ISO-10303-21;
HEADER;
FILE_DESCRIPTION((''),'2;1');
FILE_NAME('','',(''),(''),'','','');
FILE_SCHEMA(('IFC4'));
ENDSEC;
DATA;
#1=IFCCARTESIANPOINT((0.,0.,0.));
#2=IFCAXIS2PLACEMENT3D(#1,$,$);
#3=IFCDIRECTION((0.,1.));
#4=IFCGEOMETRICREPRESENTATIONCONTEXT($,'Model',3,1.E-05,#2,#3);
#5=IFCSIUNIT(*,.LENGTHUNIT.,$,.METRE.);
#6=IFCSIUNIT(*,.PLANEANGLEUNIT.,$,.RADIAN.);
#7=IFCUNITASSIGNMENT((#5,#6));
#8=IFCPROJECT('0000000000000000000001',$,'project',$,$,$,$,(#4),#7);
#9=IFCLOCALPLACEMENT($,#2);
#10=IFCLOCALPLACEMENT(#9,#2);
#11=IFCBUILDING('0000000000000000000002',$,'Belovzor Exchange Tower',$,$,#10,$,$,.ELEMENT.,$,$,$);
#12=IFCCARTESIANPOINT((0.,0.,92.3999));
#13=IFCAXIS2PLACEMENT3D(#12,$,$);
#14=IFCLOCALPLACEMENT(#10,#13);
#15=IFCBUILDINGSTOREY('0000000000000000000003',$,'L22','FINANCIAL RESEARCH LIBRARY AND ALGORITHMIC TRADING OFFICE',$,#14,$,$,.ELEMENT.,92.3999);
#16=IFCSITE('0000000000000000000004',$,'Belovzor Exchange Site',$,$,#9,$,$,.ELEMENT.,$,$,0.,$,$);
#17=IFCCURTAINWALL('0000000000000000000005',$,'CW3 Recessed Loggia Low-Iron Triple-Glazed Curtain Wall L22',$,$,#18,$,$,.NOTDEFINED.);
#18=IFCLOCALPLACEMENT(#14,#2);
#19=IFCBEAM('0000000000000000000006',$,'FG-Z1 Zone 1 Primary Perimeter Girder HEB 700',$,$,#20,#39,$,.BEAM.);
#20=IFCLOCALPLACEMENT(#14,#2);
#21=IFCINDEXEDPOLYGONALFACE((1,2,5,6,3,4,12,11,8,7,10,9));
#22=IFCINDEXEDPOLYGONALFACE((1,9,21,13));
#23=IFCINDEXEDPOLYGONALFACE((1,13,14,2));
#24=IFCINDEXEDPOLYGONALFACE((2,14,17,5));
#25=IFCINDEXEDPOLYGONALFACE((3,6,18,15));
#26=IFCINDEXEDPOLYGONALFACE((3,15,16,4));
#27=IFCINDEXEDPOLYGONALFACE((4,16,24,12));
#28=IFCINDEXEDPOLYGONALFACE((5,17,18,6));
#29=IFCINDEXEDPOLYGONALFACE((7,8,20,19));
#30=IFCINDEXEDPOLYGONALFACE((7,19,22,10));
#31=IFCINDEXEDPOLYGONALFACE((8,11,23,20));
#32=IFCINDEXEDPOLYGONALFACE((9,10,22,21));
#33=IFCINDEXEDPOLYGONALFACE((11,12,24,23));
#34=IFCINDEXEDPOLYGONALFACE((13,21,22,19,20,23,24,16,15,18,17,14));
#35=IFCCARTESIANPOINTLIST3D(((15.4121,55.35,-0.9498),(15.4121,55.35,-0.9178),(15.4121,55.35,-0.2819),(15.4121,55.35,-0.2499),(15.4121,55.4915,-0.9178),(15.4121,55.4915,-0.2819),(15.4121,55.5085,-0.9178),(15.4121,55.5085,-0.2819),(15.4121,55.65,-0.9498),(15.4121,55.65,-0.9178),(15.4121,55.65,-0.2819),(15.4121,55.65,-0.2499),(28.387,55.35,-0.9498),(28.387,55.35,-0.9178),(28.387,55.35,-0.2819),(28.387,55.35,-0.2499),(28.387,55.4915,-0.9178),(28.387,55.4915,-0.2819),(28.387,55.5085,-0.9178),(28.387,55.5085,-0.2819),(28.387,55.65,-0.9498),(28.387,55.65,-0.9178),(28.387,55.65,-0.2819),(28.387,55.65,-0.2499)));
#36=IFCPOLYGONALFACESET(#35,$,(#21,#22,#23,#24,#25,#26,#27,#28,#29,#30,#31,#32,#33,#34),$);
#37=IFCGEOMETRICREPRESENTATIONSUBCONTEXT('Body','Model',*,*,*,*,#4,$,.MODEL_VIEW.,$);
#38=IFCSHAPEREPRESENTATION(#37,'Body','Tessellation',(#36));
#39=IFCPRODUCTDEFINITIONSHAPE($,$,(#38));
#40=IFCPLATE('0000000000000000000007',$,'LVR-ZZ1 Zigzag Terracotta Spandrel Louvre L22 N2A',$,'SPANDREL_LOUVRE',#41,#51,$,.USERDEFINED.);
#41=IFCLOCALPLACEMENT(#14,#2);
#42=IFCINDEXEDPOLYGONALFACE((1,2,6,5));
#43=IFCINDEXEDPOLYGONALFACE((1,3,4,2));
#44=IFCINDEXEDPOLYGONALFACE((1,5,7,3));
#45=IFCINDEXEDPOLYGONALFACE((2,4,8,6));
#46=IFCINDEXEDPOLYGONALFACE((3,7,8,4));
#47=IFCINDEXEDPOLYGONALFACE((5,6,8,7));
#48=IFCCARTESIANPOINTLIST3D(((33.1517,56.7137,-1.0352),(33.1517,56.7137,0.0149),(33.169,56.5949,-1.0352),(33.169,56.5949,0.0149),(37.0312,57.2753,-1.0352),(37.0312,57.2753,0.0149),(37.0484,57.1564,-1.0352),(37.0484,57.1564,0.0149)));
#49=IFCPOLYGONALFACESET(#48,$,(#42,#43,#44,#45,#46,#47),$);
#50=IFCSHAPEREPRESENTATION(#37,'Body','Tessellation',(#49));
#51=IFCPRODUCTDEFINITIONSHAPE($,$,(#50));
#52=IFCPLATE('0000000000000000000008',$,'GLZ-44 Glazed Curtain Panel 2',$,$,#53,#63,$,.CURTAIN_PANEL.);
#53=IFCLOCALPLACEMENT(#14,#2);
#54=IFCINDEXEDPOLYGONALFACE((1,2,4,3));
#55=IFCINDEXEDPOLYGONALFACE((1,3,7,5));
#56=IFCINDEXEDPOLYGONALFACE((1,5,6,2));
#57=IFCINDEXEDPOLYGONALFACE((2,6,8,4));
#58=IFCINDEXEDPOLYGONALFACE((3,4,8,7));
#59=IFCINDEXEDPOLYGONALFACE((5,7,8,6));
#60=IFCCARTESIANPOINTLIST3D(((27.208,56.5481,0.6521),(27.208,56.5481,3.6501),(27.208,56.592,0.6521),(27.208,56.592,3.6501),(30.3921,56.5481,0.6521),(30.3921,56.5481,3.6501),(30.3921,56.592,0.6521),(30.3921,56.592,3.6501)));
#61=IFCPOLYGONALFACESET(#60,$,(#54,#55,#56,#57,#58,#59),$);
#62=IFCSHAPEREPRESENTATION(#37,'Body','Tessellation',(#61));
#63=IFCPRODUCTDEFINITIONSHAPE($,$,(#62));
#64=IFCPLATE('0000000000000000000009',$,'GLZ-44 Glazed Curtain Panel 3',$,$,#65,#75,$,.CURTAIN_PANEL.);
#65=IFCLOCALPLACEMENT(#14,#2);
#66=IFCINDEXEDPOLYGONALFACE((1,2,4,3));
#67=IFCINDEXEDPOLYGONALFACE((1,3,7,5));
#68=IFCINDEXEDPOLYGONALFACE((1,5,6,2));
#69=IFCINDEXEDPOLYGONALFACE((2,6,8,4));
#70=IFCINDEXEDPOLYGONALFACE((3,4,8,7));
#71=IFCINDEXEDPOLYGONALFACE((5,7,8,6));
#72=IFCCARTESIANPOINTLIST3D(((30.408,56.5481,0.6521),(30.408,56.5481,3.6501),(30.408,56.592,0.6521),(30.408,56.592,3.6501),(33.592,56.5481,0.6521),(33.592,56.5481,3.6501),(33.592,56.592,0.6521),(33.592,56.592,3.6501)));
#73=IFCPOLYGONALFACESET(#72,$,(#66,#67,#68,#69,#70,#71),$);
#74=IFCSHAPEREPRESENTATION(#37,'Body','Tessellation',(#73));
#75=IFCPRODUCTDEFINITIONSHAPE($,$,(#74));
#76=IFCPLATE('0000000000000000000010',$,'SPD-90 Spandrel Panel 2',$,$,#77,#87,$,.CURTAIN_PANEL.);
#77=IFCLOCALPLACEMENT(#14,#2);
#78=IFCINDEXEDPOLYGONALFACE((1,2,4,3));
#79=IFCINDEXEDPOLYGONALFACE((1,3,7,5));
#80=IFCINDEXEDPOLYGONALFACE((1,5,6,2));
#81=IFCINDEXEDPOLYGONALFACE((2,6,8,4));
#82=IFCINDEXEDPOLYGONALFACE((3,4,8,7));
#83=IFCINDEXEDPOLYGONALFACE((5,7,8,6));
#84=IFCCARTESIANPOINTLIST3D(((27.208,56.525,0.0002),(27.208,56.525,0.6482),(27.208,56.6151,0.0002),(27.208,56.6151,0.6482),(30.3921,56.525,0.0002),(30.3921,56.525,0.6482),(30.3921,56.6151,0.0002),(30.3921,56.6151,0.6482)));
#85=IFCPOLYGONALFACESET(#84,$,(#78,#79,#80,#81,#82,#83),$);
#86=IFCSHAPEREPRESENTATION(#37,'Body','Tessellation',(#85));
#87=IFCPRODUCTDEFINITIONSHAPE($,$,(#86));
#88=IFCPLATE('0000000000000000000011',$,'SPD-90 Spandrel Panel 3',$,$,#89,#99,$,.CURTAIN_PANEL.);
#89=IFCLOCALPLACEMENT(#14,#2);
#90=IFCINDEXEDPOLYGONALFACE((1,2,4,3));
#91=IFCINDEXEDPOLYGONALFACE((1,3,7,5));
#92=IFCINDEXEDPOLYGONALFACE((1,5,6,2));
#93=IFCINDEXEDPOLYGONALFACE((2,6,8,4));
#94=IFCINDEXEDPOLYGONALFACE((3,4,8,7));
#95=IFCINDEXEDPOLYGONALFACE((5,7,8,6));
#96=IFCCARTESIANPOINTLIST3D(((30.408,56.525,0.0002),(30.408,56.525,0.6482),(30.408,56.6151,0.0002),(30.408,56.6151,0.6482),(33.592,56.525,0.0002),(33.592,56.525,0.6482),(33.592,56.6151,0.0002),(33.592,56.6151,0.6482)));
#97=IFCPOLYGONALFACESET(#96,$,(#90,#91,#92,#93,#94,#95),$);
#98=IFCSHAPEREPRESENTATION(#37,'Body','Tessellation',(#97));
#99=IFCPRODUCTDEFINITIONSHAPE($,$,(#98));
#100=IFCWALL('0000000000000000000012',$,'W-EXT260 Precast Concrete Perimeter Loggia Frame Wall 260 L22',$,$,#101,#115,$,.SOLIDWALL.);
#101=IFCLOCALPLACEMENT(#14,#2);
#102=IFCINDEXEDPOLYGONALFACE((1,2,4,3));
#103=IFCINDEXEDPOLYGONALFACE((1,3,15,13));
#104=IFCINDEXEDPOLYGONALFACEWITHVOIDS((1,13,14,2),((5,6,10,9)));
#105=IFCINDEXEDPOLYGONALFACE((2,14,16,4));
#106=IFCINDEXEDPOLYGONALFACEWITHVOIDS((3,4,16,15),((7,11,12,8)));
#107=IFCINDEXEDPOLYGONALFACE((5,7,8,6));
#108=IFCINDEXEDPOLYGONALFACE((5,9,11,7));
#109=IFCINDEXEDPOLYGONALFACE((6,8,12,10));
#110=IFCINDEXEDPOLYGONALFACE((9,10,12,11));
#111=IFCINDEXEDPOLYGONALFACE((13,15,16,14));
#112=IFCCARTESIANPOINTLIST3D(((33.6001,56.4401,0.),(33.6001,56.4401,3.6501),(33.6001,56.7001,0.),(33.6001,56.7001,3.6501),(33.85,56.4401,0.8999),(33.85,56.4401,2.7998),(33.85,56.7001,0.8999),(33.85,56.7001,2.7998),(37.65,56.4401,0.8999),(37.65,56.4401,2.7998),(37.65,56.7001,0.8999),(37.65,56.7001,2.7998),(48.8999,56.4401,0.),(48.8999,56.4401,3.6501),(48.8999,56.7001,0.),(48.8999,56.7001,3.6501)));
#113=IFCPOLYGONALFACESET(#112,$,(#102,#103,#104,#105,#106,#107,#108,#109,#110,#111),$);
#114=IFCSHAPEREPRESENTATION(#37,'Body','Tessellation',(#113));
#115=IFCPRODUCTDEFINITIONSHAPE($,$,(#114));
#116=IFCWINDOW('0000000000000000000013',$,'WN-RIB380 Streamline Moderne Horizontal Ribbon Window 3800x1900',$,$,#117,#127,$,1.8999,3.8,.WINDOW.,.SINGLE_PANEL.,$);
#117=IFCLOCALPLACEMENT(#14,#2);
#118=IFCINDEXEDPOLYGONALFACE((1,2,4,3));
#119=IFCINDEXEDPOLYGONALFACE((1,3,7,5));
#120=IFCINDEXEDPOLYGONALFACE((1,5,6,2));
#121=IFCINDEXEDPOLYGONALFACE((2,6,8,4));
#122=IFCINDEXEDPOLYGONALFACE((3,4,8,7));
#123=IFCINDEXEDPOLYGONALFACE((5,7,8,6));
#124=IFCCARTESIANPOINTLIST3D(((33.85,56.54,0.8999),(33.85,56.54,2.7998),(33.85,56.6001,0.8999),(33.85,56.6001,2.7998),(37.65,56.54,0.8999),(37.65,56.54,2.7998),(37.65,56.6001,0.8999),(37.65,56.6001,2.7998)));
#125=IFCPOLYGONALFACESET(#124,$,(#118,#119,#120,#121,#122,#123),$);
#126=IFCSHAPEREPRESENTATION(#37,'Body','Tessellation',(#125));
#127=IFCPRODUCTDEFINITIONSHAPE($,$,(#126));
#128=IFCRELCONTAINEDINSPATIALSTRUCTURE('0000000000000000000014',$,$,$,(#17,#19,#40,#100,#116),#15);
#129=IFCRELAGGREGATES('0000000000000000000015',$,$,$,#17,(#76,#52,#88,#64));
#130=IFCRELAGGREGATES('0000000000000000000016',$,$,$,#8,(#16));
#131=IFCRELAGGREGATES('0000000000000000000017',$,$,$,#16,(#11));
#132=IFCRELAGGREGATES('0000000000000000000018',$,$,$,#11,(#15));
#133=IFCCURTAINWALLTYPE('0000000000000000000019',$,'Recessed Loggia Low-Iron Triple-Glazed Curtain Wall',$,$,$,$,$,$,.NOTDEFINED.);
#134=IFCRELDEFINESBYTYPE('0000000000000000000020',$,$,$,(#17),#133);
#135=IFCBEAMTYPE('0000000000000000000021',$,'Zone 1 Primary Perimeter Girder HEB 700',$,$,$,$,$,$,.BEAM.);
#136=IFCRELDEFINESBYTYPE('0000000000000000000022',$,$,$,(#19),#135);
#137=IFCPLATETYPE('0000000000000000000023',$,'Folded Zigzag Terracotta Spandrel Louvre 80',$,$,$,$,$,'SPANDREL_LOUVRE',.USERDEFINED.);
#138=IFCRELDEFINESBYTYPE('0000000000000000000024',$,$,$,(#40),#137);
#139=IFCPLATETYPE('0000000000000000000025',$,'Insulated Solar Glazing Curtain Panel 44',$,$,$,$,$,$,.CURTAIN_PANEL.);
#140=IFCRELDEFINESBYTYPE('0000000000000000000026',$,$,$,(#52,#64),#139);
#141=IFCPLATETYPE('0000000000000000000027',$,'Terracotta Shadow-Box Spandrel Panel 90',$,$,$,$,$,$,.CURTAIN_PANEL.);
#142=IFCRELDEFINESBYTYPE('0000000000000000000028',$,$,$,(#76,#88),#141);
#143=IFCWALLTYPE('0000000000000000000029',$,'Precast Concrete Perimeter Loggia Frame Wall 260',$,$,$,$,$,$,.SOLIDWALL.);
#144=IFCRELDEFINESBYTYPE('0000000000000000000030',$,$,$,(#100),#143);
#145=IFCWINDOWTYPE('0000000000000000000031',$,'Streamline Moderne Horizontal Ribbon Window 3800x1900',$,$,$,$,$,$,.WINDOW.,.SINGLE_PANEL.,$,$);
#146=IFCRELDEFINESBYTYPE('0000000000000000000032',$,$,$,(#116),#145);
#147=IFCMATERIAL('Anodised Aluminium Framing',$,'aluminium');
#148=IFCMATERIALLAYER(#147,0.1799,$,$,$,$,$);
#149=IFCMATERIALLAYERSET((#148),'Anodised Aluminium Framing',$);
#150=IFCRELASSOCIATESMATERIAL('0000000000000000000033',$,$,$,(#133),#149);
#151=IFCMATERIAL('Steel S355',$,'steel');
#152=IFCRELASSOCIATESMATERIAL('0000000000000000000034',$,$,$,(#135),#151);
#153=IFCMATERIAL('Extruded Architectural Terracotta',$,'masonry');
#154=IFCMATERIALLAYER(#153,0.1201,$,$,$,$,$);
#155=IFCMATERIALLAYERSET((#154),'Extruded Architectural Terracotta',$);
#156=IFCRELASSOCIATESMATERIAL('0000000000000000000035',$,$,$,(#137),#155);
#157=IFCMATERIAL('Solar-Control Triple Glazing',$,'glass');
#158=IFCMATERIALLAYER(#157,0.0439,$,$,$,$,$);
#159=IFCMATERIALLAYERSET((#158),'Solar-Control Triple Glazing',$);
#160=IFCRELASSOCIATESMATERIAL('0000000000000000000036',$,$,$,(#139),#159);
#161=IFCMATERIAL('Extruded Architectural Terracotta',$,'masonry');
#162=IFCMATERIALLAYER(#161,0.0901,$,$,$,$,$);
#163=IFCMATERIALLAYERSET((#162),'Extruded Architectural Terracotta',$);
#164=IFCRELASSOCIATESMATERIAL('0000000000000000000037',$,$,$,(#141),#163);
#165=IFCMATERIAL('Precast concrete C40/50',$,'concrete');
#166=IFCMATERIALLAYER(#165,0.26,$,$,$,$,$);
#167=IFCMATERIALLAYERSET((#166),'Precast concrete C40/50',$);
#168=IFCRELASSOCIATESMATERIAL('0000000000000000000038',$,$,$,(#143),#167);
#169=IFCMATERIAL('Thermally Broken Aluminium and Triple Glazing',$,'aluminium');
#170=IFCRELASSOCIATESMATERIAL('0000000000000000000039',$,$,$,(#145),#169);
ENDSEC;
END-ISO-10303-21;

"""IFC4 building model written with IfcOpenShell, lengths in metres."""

from ifc_helpers import new_model, si_unit, direction, frame, frame_2d, origin, origin_2d, place, context, subcontext, project, spatial, rectangle, i_section, extrude, material, layer, layer_set, material_profile, profile_set, type_object, element, fill, aggregate, save


model = new_model("IFC4")

# Units and contexts
model_context = context("Model", 3, precision=1e-05, world=origin(), true_north=direction((0.0, 1.0)))
body_context = subcontext(model_context, "Body", "Model", "MODEL_VIEW")
ifc_project = project(units=[si_unit("LENGTHUNIT", "METRE"), si_unit("PLANEANGLEUNIT", "RADIAN")], contexts=[model_context])

# Site, building, storey
site_placement = place(None, origin())
site = spatial("IfcSite", under=ifc_project, at=site_placement, Name="Belovzor Exchange Site", CompositionType="ELEMENT", RefElevation=0.0)
building_placement = place(site_placement, origin())
building = spatial("IfcBuilding", under=site, at=building_placement, Name="Belovzor Exchange Tower", CompositionType="ELEMENT")
storey_placement = place(building_placement, frame((0.0, 0.0, 92.3999)))
storey = spatial("IfcBuildingStorey", under=building, at=storey_placement, Name="L22", Description="FINANCIAL RESEARCH LIBRARY AND ALGORITHMIC TRADING OFFICE", CompositionType="ELEMENT", Elevation=92.3999)

# Curtain wall
ifc_material_1 = material(Name="Anodised Aluminium Framing", Category="aluminium")
ifc_layer_1 = layer(ifc_material_1, 0.1799)
ifc_layer_set_1 = layer_set([ifc_layer_1], Name="Anodised Aluminium Framing")
curtain_wall_type = type_object("IfcCurtainWallType", Name="Recessed Loggia Low-Iron Triple-Glazed Curtain Wall", PredefinedType="NOTDEFINED", material=ifc_layer_set_1)
curtain_wall_placement = place(storey_placement, origin())
curtain_wall = element("IfcCurtainWall", 1, at=curtain_wall_placement, inside=storey, type_object=curtain_wall_type, Name="CW3 Recessed Loggia Low-Iron Triple-Glazed Curtain Wall L22", PredefinedType="NOTDEFINED")

# Beam
ifc_material_2 = material(Name="Steel S355", Category="steel")
ifc_material_profile_1 = material_profile(ifc_material_2, i_section(OverallWidth=0.3, OverallDepth=0.7, WebThickness=0.0171, FlangeThickness=0.032, at=origin_2d()))
ifc_profile_set_1 = profile_set([ifc_material_profile_1], Name="Steel S355")
beam_type_1 = type_object("IfcBeamType", Name="Zone 1 Primary Perimeter Girder HEB 700", PredefinedType="BEAM", material=ifc_profile_set_1)
beam_1_placement = place(storey_placement, frame((28.387, 55.5, -0.5999), z_axis=(-1.0, 0.0, 0.0), x_axis=(0.0, -1.0, 0.0)))
element("IfcBeam", 2, at=beam_1_placement, inside=storey, type_object=beam_type_1, Name="FG-Z1 Zone 1 Primary Perimeter Girder HEB 700", PredefinedType="BEAM", context=body_context, shape_type="SweptSolid", body=[
    extrude(i_section(OverallWidth=0.3, OverallDepth=0.7, WebThickness=0.0171, FlangeThickness=0.032, at=origin_2d()), origin(), (0.0, 0.0, 1.0), 12.9749),
])

# Plates
ifc_material_3 = material(Name="Extruded Architectural Terracotta", Category="masonry")
ifc_layer_2 = layer(ifc_material_3, 0.1201)
ifc_layer_set_2 = layer_set([ifc_layer_2], Name="Extruded Architectural Terracotta")
plate_type_1 = type_object("IfcPlateType", Name="Folded Zigzag Terracotta Spandrel Louvre 80", ElementType="SPANDREL_LOUVRE", PredefinedType="USERDEFINED", material=ifc_layer_set_2)
plate_1_placement = place(storey_placement, frame((35.1001, 56.9351, -1.0352), z_axis=(0.0, 0.0, 1.0), x_axis=(0.989686, 0.143251, 0.0)))
element("IfcPlate", 3, at=plate_1_placement, inside=storey, type_object=plate_type_1, Name="LVR-ZZ1 Zigzag Terracotta Spandrel Louvre L22 N2A", ObjectType="SPANDREL_LOUVRE", PredefinedType="USERDEFINED", context=body_context, shape_type="SweptSolid", body=[
    extrude(rectangle(XDim=3.9199, YDim=0.1201, at=origin_2d()), origin(), (0.0, 0.0, 1.0), 1.05),
])
ifc_material_4 = material(Name="Solar-Control Triple Glazing", Category="glass")
ifc_layer_3 = layer(ifc_material_4, 0.0439)
ifc_layer_set_3 = layer_set([ifc_layer_3], Name="Solar-Control Triple Glazing")
plate_type_2 = type_object("IfcPlateType", Name="Insulated Solar Glazing Curtain Panel 44", PredefinedType="CURTAIN_PANEL", material=ifc_layer_set_3)
plate_2_placement = place(storey_placement, frame((28.8, 56.5701, 0.6521), z_axis=(0.0, 0.0, 1.0), x_axis=(1.0, 0.0, 0.0)))
plate_2 = element("IfcPlate", 4, at=plate_2_placement, type_object=plate_type_2, Name="GLZ-44 Glazed Curtain Panel 2", PredefinedType="CURTAIN_PANEL", context=body_context, shape_type="SweptSolid", body=[
    extrude(rectangle(XDim=3.1841, YDim=0.0439, at=origin_2d()), origin(), (0.0, 0.0, 1.0), 2.998),
])
plate_3_placement = place(storey_placement, frame((32.0, 56.5701, 0.6521), z_axis=(0.0, 0.0, 1.0), x_axis=(1.0, 0.0, 0.0)))
plate_3 = element("IfcPlate", 5, at=plate_3_placement, type_object=plate_type_2, Name="GLZ-44 Glazed Curtain Panel 3", PredefinedType="CURTAIN_PANEL", context=body_context, shape_type="SweptSolid", body=[
    extrude(rectangle(XDim=3.1841, YDim=0.0439, at=origin_2d()), origin(), (0.0, 0.0, 1.0), 2.998),
])
ifc_material_5 = material(Name="Extruded Architectural Terracotta", Category="masonry")
ifc_layer_4 = layer(ifc_material_5, 0.0901)
ifc_layer_set_4 = layer_set([ifc_layer_4], Name="Extruded Architectural Terracotta")
plate_type_3 = type_object("IfcPlateType", Name="Terracotta Shadow-Box Spandrel Panel 90", PredefinedType="CURTAIN_PANEL", material=ifc_layer_set_4)
plate_4_placement = place(storey_placement, frame((28.8, 56.5701, 0.0002), z_axis=(0.0, 0.0, 1.0), x_axis=(1.0, 0.0, 0.0)))
plate_4 = element("IfcPlate", 6, at=plate_4_placement, type_object=plate_type_3, Name="SPD-90 Spandrel Panel 2", PredefinedType="CURTAIN_PANEL", context=body_context, shape_type="SweptSolid", body=[
    extrude(rectangle(XDim=3.1841, YDim=0.0901, at=origin_2d()), origin(), (0.0, 0.0, 1.0), 0.6479),
])
plate_5_placement = place(storey_placement, frame((32.0, 56.5701, 0.0002), z_axis=(0.0, 0.0, 1.0), x_axis=(1.0, 0.0, 0.0)))
plate_5 = element("IfcPlate", 7, at=plate_5_placement, type_object=plate_type_3, Name="SPD-90 Spandrel Panel 3", PredefinedType="CURTAIN_PANEL", context=body_context, shape_type="SweptSolid", body=[
    extrude(rectangle(XDim=3.1841, YDim=0.0901, at=origin_2d()), origin(), (0.0, 0.0, 1.0), 0.6479),
])
aggregate(curtain_wall, [plate_4, plate_2, plate_5, plate_3])

# Wall, opening, window
ifc_material_6 = material(Name="Precast concrete C40/50", Category="concrete")
ifc_layer_5 = layer(ifc_material_6, 0.26)
ifc_layer_set_5 = layer_set([ifc_layer_5], Name="Precast concrete C40/50")
wall_type = type_object("IfcWallType", Name="Precast Concrete Perimeter Loggia Frame Wall 260", PredefinedType="SOLIDWALL", material=ifc_layer_set_5)
wall_placement = place(storey_placement, frame((33.6001, 56.5701, 0.0), z_axis=(0.0, 0.0, 1.0), x_axis=(1.0, 0.0, 0.0)))
wall = element("IfcWall", 8, at=wall_placement, inside=storey, type_object=wall_type, Name="W-EXT260 Precast Concrete Perimeter Loggia Frame Wall 260 L22", PredefinedType="SOLIDWALL", context=body_context, shape_type="SweptSolid", body=[
    extrude(rectangle(XDim=15.2998, YDim=0.26, at=frame_2d((7.6499, 0.0))), origin(), (0.0, 0.0, 1.0), 3.6501),
])
opening_placement = place(wall_placement, frame((0.25, 0.0, 0.8999)))
opening = element("IfcOpeningElement", 9, at=opening_placement, cuts=wall, PredefinedType="OPENING", context=body_context, shape_type="SweptSolid", body=[
    extrude(rectangle(XDim=3.8, YDim=1.8999, at=frame_2d((1.8999, 0.95))), frame((0.0, 0.1399, 0.0), z_axis=(0.0, -1.0, 0.0), x_axis=(1.0, 0.0, 0.0)), (0.0, 0.0, 1.0), 0.28),
])
ifc_material_7 = material(Name="Thermally Broken Aluminium and Triple Glazing", Category="aluminium")
window_type = type_object("IfcWindowType", Name="Streamline Moderne Horizontal Ribbon Window 3800x1900", PartitioningType="SINGLE_PANEL", PredefinedType="WINDOW", material=ifc_material_7)
window_placement = place(opening_placement, origin())
window = element("IfcWindow", 10, at=window_placement, inside=storey, type_object=window_type, Name="WN-RIB380 Streamline Moderne Horizontal Ribbon Window 3800x1900", OverallHeight=1.8999, OverallWidth=3.8, PartitioningType="SINGLE_PANEL", PredefinedType="WINDOW", context=body_context, shape_type="SweptSolid", body=[
    extrude(rectangle(XDim=3.8, YDim=1.8999, at=frame_2d((1.8999, 0.95))), frame((0.0, 0.03, 0.0), z_axis=(0.0, -1.0, 0.0), x_axis=(1.0, 0.0, 0.0)), (0.0, 0.0, 1.0), 0.0601),
])
fill(opening, window)

save(model, "model.ifc")
